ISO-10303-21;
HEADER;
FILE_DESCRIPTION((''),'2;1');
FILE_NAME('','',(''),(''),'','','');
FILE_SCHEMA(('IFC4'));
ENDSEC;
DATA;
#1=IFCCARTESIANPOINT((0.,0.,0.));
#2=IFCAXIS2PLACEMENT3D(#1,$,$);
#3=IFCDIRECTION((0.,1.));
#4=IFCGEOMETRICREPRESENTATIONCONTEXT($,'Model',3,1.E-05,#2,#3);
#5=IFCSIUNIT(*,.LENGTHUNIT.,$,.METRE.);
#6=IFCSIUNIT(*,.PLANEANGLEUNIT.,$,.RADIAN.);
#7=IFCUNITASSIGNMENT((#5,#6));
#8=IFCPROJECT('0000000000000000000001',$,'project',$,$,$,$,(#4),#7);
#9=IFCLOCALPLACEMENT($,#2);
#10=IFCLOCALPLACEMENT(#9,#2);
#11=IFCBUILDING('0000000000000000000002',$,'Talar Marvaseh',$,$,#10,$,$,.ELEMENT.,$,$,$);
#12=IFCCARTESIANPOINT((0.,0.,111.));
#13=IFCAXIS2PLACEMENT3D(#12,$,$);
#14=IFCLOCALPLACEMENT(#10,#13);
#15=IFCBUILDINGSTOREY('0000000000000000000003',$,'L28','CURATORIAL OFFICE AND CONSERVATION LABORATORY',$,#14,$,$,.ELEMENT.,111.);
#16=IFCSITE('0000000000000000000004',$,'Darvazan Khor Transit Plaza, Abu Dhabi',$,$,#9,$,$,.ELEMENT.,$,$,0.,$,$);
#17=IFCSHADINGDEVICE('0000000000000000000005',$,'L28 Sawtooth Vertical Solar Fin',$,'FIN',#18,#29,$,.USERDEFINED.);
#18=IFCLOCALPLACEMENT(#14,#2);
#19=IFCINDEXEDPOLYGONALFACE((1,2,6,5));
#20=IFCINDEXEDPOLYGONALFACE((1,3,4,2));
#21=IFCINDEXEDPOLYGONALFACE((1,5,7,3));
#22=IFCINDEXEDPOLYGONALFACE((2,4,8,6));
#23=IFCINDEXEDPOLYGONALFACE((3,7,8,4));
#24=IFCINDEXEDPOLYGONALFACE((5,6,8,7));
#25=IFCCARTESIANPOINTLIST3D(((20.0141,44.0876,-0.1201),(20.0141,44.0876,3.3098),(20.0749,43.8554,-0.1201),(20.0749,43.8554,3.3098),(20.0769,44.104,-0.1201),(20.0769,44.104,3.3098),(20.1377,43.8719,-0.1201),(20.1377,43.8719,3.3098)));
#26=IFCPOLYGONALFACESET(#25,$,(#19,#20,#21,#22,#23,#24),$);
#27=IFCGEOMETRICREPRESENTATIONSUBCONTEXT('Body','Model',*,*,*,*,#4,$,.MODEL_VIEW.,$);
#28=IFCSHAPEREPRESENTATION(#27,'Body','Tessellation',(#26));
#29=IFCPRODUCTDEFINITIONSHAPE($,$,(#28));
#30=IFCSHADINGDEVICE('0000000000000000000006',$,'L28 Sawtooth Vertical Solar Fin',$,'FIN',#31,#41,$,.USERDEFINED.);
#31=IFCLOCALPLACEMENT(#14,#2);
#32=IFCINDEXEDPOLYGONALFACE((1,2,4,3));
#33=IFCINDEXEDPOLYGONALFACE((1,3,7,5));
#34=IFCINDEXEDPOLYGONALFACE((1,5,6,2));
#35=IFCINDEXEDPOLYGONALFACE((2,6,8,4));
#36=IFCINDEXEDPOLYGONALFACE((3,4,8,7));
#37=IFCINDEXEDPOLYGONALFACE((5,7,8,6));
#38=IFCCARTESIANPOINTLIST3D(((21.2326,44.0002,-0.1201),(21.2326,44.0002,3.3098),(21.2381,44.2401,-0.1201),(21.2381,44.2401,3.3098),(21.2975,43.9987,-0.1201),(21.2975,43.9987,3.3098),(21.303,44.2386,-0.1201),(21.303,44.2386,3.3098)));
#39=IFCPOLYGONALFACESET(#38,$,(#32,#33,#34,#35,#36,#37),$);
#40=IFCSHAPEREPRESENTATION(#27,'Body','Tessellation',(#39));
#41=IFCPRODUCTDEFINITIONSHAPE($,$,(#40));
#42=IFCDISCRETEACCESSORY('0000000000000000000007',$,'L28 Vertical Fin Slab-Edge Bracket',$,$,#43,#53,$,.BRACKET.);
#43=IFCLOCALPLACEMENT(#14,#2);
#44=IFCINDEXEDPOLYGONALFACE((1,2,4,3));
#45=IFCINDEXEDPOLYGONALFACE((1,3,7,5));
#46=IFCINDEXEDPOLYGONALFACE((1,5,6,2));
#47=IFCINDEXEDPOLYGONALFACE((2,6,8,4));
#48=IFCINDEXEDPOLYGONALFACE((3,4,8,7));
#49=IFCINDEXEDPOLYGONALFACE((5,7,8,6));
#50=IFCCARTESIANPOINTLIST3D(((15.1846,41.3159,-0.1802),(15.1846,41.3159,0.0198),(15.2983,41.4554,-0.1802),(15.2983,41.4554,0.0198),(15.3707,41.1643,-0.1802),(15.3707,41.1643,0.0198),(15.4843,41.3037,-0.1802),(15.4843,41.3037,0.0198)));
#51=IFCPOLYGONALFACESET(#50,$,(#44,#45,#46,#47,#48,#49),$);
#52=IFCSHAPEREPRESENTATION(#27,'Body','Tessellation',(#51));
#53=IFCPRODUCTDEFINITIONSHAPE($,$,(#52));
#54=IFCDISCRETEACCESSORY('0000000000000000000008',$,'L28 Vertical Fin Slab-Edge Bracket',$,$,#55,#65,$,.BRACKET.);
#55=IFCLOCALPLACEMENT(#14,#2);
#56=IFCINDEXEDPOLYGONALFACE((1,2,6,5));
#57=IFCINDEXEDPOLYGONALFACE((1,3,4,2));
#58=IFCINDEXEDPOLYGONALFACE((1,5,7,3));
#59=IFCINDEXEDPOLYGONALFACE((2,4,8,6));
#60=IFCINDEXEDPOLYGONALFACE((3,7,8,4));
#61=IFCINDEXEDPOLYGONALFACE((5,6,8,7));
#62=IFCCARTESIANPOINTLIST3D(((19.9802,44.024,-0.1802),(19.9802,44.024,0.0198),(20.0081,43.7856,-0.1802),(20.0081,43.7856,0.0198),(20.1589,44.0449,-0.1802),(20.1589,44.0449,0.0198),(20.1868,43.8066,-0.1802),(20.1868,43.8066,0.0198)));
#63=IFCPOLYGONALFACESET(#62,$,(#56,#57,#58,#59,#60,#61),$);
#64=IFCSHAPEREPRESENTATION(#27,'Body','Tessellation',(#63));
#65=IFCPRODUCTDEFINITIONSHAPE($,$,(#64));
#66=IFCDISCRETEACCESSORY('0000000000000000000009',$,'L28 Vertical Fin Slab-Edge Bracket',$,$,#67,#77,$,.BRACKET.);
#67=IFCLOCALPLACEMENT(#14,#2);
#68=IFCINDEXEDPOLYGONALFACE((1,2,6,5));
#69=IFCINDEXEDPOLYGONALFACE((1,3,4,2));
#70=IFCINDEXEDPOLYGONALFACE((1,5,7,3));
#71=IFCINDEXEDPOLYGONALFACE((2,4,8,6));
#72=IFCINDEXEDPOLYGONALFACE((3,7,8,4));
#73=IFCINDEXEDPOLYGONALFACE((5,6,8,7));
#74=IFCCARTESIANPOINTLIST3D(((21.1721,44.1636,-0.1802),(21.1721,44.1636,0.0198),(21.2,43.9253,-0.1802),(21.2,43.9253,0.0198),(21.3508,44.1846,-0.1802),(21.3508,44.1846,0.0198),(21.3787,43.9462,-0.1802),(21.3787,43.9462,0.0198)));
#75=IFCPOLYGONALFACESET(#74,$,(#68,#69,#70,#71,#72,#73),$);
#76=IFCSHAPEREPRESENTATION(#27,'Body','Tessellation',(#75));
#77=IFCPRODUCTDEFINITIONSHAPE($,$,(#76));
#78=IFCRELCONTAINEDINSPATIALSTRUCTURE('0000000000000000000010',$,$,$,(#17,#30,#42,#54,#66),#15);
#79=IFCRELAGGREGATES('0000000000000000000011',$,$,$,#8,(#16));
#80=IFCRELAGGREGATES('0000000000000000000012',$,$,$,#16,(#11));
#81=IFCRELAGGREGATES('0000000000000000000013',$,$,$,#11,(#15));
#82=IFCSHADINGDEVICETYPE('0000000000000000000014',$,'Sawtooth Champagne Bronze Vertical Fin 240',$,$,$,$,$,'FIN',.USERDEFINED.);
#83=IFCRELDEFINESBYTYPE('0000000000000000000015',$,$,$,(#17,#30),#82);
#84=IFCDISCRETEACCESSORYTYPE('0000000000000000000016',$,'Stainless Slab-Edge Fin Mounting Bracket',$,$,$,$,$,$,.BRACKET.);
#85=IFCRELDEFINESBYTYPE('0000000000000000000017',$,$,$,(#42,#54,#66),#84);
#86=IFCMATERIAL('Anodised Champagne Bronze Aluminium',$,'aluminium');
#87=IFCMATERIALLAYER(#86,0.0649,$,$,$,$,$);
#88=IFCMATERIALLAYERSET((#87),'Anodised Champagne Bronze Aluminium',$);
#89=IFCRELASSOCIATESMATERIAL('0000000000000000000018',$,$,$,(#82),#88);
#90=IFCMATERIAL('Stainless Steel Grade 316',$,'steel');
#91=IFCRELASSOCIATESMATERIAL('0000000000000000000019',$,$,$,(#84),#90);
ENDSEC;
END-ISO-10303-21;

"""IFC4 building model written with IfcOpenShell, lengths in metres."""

from ifc_helpers import new_model, si_unit, direction, frame, origin, origin_2d, place, context, subcontext, project, spatial, rectangle, extrude, source, transform, mapped, material, layer, layer_set, type_object, type_shapes, element, save


model = new_model("IFC4")

# Units and contexts
model_context = context("Model", 3, precision=1e-05, world=origin(), true_north=direction((0.0, 1.0)))
body_context = subcontext(model_context, "Body", "Model", "MODEL_VIEW")
ifc_project = project(units=[si_unit("LENGTHUNIT", "METRE"), si_unit("PLANEANGLEUNIT", "RADIAN")], contexts=[model_context])

# Site, building, storey
site_placement = place(None, origin())
site = spatial("IfcSite", under=ifc_project, at=site_placement, Name="Darvazan Khor Transit Plaza, Abu Dhabi", CompositionType="ELEMENT", RefElevation=0.0)
building_placement = place(site_placement, origin())
building = spatial("IfcBuilding", under=site, at=building_placement, Name="Talar Marvaseh", CompositionType="ELEMENT")
storey_placement = place(building_placement, frame((0.0, 0.0, 111.0)))
storey = spatial("IfcBuildingStorey", under=building, at=storey_placement, Name="L28", Description="CURATORIAL OFFICE AND CONSERVATION LABORATORY", CompositionType="ELEMENT", Elevation=111.0)

# Shared definitions
ifc_material_1 = material(Name="Stainless Steel Grade 316", Category="steel")

# Shading devices
ifc_material_2 = material(Name="Anodised Champagne Bronze Aluminium", Category="aluminium")
ifc_layer_1 = layer(ifc_material_2, 0.0649)
ifc_layer_set_1 = layer_set([ifc_layer_1], Name="Anodised Champagne Bronze Aluminium")
shading_device_type = type_object("IfcShadingDeviceType", Name="Sawtooth Champagne Bronze Vertical Fin 240", ElementType="FIN", PredefinedType="USERDEFINED", material=ifc_layer_set_1)
shared_shape_1 = source(origin(), body_context, "Body", "SweptSolid", [
    extrude(rectangle(XDim=0.24, YDim=0.0649, at=origin_2d()), origin(), (0.0, 0.0, 1.0), 3.4299),
])
type_shapes(shading_device_type, [shared_shape_1])
for number, where, z_axis, x_axis, name in (
    (1, (20.0759, 43.9797, -0.1201), (0.0, 0.0, 1.0), (-0.25342, 0.967356, 0.0), "L28 Sawtooth Vertical Solar Fin"),
    (2, (21.2678, 44.1194, -0.1201), (0.0, 0.0, 1.0), (0.023036, 0.999735, 0.0), "L28 Sawtooth Vertical Solar Fin"),
):
    element("IfcShadingDevice", number, at=place(storey_placement, frame(where, z_axis=z_axis, x_axis=x_axis)), inside=storey, type_object=shading_device_type, Name=name, ObjectType="FIN", PredefinedType="USERDEFINED", context=body_context, shape_type="MappedRepresentation", body=[
        mapped(shared_shape_1, transform((0.0, 0.0, 0.0), x_axis=(1.0, 0.0, 0.0), y_axis=(0.0, 1.0, 0.0), z_axis=(0.0, 0.0, 1.0), scale=1.0)),
    ])

# Discrete accessories
discrete_accessory_type = type_object("IfcDiscreteAccessoryType", Name="Stainless Slab-Edge Fin Mounting Bracket", PredefinedType="BRACKET", material=ifc_material_1)
shared_shape_2 = source(origin(), body_context, "Body", "SweptSolid", [
    extrude(rectangle(XDim=0.24, YDim=0.1799, at=origin_2d()), origin(), (0.0, 0.0, 1.0), 0.2),
])
type_shapes(discrete_accessory_type, [shared_shape_2])
for number, where, z_axis, x_axis, name in (
    (3, (15.3345, 41.3098, -0.1802), (0.0, 0.0, 1.0), (-0.775165, 0.631759, 0.0), "L28 Vertical Fin Slab-Edge Bracket"),
    (4, (20.0835, 43.9153, -0.1802), (0.0, 0.0, 1.0), (-0.116324, 0.993211, 0.0), "L28 Vertical Fin Slab-Edge Bracket"),
    (5, (21.2754, 44.0549, -0.1802), (0.0, 0.0, 1.0), (-0.116324, 0.993211, 0.0), "L28 Vertical Fin Slab-Edge Bracket"),
):
    element("IfcDiscreteAccessory", number, at=place(storey_placement, frame(where, z_axis=z_axis, x_axis=x_axis)), inside=storey, type_object=discrete_accessory_type, Name=name, PredefinedType="BRACKET", context=body_context, shape_type="MappedRepresentation", body=[
        mapped(shared_shape_2, transform((0.0, 0.0, 0.0), x_axis=(1.0, 0.0, 0.0), y_axis=(0.0, 1.0, 0.0), z_axis=(0.0, 0.0, 1.0), scale=1.0)),
    ])

save(model, "model.ifc")
